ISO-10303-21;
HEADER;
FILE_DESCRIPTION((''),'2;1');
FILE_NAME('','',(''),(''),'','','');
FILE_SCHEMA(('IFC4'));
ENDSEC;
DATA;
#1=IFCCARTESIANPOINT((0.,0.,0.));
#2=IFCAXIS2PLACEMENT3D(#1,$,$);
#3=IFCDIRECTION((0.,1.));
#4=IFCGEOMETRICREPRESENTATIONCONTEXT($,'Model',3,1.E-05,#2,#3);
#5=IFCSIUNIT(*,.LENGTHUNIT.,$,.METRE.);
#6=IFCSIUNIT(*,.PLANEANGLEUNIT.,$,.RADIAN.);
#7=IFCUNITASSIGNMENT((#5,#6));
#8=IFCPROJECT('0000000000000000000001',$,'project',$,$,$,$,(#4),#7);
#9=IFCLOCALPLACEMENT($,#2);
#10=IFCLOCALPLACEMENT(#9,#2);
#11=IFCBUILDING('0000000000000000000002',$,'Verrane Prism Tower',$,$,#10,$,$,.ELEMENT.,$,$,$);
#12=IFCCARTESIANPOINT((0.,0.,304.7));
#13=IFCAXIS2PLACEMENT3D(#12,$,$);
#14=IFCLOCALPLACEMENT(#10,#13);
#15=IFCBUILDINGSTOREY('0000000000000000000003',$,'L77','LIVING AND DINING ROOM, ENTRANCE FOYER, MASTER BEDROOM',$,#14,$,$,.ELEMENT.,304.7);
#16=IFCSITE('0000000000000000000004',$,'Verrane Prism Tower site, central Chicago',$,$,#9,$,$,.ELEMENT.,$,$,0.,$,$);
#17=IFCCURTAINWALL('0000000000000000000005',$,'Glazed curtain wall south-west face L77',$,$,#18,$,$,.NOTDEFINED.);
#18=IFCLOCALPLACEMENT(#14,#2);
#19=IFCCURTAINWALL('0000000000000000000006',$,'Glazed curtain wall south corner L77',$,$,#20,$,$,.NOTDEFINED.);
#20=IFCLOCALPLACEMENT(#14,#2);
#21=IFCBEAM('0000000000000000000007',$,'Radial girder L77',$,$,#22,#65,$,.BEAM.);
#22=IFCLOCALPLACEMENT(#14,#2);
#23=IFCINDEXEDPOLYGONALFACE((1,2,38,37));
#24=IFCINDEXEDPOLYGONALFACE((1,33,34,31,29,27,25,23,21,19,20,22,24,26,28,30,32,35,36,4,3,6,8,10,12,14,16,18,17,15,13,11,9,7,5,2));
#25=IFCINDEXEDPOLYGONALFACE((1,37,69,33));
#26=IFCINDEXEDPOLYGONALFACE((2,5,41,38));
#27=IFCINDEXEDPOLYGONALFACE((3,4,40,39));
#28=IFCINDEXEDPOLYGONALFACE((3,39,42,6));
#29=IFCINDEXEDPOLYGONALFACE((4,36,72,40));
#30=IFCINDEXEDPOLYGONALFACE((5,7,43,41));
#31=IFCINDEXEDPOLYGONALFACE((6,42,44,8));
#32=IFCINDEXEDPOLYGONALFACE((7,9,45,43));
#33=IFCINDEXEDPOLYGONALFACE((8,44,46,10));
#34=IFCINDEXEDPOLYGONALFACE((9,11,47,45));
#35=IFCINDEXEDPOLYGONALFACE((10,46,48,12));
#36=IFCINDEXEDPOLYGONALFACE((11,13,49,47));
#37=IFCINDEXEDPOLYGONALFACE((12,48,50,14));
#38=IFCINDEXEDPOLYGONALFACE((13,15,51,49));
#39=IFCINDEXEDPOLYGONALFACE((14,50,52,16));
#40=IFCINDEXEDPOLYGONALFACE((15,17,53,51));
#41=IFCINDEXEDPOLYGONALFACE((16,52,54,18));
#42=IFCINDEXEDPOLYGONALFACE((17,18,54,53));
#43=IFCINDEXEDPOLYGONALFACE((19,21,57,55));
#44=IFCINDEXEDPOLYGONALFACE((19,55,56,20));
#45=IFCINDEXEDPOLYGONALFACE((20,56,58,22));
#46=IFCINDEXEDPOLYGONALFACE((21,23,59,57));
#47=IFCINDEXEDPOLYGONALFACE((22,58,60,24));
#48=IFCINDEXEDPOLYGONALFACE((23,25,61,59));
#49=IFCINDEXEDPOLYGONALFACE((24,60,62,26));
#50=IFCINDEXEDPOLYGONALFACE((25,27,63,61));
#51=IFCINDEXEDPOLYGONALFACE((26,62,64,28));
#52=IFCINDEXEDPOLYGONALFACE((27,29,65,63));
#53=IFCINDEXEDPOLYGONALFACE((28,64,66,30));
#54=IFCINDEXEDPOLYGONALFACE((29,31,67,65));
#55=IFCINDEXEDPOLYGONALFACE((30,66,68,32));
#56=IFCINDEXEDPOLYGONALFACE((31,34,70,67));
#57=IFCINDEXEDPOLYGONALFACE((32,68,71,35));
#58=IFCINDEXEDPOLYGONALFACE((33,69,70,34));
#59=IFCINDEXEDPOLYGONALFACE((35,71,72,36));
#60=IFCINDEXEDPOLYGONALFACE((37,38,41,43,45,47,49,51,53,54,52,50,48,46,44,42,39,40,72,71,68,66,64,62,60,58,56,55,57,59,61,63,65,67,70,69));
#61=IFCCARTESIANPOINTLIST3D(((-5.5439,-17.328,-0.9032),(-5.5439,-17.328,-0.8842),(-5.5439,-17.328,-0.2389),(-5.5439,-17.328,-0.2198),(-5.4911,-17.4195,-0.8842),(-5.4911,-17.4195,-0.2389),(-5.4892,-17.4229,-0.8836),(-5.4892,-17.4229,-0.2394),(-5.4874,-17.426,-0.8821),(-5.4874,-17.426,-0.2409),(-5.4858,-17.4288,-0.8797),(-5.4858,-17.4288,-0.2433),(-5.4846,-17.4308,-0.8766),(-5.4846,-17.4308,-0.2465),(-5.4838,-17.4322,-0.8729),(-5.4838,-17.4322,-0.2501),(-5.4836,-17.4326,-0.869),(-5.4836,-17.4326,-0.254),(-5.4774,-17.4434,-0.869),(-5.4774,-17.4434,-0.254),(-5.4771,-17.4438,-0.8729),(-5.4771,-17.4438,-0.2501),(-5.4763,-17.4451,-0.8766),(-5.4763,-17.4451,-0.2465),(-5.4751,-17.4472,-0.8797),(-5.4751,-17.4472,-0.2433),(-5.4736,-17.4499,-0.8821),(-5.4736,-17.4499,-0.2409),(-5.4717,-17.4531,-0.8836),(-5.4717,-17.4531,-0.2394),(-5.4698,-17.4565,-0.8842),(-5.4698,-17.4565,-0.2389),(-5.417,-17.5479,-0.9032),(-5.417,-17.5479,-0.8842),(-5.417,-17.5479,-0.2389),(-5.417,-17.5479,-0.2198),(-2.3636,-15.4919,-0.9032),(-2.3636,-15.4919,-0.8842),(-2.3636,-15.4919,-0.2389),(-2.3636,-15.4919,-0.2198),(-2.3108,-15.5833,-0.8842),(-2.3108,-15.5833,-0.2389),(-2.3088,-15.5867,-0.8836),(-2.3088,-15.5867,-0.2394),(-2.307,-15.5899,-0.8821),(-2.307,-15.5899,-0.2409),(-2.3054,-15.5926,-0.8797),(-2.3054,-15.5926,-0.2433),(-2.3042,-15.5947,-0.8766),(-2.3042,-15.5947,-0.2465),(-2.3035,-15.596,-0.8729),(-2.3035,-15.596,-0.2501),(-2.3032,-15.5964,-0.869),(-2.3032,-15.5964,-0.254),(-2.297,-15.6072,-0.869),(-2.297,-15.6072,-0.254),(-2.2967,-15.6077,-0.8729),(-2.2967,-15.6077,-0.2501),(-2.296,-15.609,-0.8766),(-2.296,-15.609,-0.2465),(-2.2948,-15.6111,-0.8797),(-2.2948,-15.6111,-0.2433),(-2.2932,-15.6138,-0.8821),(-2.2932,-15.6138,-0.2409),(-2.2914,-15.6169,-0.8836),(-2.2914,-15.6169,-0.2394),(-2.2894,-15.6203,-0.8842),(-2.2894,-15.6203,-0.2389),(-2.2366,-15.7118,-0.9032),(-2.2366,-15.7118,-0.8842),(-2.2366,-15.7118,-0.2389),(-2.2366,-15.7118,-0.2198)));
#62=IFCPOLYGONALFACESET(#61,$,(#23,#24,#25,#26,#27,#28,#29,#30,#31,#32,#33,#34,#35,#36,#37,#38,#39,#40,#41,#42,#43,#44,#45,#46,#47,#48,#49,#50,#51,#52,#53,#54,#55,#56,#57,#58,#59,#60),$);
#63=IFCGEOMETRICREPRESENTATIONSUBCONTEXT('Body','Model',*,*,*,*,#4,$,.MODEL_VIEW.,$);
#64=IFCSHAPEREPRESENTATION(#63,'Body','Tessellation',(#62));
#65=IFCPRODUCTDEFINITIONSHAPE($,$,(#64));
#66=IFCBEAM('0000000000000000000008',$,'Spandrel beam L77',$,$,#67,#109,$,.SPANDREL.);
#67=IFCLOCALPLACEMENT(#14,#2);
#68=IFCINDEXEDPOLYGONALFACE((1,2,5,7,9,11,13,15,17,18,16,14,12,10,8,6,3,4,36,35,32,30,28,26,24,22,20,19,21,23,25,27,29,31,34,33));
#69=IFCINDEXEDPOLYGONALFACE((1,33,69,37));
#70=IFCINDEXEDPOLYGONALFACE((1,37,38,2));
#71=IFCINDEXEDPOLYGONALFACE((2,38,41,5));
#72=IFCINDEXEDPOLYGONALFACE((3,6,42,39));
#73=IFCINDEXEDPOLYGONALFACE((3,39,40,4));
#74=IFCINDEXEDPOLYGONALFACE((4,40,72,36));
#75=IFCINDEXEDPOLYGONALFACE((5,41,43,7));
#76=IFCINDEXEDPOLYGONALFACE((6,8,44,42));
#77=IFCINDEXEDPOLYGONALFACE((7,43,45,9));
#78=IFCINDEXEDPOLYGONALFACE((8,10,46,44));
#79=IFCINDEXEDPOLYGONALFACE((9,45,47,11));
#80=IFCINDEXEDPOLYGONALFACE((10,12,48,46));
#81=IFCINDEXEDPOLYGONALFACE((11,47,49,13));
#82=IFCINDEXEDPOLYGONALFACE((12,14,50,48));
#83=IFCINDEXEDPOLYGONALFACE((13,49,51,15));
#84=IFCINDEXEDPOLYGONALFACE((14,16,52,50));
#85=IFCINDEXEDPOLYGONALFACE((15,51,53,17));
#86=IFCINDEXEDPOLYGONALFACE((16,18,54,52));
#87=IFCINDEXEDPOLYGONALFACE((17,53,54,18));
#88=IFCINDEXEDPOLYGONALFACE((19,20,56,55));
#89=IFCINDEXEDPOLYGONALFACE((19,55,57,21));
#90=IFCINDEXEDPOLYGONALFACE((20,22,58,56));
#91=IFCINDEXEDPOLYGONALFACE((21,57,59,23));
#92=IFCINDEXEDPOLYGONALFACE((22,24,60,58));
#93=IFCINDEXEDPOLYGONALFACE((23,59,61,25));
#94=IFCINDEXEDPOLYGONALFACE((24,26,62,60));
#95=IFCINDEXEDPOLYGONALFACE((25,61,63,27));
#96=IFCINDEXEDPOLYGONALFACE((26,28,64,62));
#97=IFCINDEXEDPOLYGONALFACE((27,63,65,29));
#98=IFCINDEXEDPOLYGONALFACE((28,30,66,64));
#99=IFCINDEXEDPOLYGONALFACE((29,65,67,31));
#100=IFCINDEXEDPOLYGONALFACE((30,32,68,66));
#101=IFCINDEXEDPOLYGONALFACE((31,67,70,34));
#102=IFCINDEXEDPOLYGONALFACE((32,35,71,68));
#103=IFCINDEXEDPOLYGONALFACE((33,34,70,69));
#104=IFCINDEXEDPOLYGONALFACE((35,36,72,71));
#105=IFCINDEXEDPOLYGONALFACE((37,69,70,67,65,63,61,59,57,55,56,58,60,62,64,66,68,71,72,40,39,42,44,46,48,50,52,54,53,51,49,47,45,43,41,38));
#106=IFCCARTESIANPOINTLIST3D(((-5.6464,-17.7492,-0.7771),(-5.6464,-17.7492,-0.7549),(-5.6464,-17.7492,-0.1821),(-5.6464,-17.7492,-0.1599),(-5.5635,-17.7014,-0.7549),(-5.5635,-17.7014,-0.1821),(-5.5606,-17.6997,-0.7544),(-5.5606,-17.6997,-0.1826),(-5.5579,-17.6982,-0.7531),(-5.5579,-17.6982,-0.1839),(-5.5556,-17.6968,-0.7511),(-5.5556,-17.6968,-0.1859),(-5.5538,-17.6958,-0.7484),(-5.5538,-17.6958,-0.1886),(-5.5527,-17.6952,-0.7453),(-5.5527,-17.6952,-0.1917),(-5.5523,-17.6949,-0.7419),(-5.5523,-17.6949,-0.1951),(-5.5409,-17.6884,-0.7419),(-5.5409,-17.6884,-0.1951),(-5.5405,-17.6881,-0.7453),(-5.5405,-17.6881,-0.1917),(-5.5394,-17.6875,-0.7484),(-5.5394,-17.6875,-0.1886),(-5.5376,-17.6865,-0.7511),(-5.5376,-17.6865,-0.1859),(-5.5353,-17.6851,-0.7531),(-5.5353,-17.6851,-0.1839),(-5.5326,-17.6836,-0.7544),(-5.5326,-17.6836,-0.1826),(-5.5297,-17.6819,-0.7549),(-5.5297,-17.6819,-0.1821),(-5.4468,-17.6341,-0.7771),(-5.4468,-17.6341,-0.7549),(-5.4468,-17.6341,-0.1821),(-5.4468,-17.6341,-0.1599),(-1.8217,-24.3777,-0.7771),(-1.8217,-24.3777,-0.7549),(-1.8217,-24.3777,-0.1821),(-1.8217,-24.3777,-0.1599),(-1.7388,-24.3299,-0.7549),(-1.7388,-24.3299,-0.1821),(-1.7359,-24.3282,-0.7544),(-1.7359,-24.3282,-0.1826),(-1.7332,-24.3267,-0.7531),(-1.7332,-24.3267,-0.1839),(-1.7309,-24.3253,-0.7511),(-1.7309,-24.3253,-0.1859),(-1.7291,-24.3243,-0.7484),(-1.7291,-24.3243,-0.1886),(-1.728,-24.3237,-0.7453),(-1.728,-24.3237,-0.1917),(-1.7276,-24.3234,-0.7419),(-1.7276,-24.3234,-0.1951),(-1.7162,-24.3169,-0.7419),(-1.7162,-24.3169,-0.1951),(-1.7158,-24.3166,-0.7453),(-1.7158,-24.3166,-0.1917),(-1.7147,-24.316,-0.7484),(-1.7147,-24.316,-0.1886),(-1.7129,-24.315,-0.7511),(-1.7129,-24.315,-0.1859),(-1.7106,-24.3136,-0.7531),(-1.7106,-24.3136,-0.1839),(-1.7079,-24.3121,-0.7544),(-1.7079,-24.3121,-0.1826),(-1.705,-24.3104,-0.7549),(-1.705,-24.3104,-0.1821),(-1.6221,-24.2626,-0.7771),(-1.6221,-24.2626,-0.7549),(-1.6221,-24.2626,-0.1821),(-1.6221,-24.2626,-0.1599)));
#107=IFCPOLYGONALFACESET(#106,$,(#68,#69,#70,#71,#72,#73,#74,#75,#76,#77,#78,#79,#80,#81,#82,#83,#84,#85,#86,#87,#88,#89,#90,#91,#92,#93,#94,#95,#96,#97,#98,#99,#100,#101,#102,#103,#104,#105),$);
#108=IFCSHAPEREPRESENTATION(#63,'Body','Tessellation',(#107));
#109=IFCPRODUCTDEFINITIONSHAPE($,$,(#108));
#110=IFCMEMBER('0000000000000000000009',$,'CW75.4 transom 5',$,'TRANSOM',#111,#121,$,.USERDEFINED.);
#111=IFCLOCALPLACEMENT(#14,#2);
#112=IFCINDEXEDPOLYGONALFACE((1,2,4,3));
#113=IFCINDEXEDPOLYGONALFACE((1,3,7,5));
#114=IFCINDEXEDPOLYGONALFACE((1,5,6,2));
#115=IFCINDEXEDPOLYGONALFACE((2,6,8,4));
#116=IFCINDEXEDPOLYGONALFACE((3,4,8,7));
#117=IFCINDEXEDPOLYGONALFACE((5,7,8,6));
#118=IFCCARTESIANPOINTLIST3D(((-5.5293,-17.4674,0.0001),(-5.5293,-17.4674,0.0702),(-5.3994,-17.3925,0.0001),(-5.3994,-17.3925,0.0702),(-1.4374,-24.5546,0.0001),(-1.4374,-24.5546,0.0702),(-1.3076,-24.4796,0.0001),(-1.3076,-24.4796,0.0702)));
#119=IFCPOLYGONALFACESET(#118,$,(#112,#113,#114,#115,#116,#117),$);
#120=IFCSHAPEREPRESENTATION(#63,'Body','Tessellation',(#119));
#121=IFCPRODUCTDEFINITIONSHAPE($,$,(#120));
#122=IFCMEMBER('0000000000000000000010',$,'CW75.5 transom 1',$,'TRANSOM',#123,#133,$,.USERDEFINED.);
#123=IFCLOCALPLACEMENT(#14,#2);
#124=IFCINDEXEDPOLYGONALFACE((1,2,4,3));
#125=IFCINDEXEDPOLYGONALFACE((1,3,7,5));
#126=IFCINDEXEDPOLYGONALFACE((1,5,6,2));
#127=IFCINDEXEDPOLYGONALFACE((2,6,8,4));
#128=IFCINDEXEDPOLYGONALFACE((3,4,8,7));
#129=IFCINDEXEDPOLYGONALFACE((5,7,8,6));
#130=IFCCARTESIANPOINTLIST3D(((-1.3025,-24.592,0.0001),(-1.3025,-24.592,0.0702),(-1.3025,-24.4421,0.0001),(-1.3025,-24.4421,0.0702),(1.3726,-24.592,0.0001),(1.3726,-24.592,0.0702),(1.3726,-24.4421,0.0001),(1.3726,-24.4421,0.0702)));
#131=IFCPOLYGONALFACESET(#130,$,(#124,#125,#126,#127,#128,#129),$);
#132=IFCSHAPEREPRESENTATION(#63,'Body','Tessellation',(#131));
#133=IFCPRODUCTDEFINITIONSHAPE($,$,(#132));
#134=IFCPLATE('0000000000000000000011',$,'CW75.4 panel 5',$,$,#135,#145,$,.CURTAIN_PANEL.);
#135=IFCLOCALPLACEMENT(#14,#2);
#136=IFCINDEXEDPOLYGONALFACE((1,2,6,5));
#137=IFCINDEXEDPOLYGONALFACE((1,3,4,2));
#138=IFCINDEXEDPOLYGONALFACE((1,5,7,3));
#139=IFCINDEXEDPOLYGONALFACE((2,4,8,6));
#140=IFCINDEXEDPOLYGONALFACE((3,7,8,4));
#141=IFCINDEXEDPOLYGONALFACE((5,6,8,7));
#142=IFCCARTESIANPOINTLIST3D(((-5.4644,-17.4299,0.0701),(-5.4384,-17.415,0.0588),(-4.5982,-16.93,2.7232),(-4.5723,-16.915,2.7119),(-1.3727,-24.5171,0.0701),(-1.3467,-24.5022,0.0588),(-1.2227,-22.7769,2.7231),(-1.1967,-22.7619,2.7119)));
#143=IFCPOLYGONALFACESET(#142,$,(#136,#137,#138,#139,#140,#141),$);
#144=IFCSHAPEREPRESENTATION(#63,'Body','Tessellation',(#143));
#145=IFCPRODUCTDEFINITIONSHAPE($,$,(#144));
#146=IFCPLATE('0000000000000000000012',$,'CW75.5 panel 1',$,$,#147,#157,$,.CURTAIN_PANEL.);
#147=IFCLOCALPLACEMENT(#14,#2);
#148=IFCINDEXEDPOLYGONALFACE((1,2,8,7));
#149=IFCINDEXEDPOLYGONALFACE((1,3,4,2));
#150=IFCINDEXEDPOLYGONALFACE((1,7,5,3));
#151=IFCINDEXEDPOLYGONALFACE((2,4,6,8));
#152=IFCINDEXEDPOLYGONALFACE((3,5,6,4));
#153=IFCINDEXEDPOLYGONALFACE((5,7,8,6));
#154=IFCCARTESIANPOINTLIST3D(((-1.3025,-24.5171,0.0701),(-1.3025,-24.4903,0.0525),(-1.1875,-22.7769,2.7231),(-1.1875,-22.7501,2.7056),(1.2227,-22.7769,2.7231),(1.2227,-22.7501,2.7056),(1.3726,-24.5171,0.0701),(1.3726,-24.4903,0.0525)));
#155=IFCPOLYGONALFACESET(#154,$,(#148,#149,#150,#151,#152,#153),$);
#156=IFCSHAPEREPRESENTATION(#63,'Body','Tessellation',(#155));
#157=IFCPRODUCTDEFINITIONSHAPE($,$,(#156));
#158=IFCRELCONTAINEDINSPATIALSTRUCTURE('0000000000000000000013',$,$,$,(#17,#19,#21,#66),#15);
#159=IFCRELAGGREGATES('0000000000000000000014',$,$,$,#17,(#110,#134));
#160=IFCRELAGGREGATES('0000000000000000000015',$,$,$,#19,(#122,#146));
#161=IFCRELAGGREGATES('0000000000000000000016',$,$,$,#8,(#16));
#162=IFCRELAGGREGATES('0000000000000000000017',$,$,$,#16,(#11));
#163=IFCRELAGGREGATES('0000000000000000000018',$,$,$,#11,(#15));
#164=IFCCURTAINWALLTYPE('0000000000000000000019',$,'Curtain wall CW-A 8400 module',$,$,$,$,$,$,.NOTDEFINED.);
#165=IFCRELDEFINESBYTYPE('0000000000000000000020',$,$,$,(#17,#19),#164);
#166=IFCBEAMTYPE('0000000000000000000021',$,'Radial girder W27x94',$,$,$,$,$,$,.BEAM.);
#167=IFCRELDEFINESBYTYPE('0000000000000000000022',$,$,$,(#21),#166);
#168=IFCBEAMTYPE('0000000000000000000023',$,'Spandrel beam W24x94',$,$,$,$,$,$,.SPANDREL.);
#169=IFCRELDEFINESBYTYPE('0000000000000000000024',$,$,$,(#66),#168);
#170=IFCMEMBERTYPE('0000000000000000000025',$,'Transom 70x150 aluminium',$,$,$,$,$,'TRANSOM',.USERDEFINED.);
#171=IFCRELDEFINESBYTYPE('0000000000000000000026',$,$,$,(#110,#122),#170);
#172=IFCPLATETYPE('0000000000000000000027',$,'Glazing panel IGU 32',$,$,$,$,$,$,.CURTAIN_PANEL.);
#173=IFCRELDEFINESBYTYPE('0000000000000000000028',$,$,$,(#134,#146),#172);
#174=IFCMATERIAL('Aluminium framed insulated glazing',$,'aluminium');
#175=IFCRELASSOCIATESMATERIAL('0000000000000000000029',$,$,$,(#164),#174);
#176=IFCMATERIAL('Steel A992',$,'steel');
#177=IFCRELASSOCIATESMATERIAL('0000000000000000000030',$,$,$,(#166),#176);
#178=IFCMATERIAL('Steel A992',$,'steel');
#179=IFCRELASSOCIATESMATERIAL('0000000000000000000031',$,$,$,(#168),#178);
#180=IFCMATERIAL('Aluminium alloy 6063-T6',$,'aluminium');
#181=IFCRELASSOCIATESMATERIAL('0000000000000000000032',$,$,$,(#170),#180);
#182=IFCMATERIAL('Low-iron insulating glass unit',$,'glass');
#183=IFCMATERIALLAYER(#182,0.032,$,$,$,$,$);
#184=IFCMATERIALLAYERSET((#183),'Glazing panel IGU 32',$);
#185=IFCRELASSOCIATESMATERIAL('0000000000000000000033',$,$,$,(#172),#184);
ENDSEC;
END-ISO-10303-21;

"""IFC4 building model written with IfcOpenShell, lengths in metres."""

from ifc_helpers import new_model, si_unit, direction, frame, origin, origin_2d, place, context, subcontext, project, spatial, polyline, rectangle, i_section, outline, extrude, material, layer, layer_set, material_profile, profile_set, type_object, element, aggregate, save


model = new_model("IFC4")

# Units and contexts
model_context = context("Model", 3, precision=1e-05, world=origin(), true_north=direction((0.0, 1.0)))
body_context = subcontext(model_context, "Body", "Model", "MODEL_VIEW")
ifc_project = project(units=[si_unit("LENGTHUNIT", "METRE"), si_unit("PLANEANGLEUNIT", "RADIAN")], contexts=[model_context])

# Site, building, storey
site_placement = place(None, origin())
site = spatial("IfcSite", under=ifc_project, at=site_placement, Name="Verrane Prism Tower site, central Chicago", CompositionType="ELEMENT", RefElevation=0.0)
building_placement = place(site_placement, origin())
building = spatial("IfcBuilding", under=site, at=building_placement, Name="Verrane Prism Tower", CompositionType="ELEMENT")
storey_placement = place(building_placement, frame((0.0, 0.0, 304.7)))
storey = spatial("IfcBuildingStorey", under=building, at=storey_placement, Name="L77", Description="LIVING AND DINING ROOM, ENTRANCE FOYER, MASTER BEDROOM", CompositionType="ELEMENT", Elevation=304.7)

# Curtain walls
ifc_material_1 = material(Name="Aluminium framed insulated glazing", Category="aluminium")
curtain_wall_type = type_object("IfcCurtainWallType", Name="Curtain wall CW-A 8400 module", PredefinedType="NOTDEFINED", material=ifc_material_1)
curtain_wall_1_placement = place(storey_placement, origin())
curtain_wall_1 = element("IfcCurtainWall", 1, at=curtain_wall_1_placement, inside=storey, type_object=curtain_wall_type, Name="Glazed curtain wall south-west face L77", PredefinedType="NOTDEFINED")
curtain_wall_2_placement = place(storey_placement, origin())
curtain_wall_2 = element("IfcCurtainWall", 2, at=curtain_wall_2_placement, inside=storey, type_object=curtain_wall_type, Name="Glazed curtain wall south corner L77", PredefinedType="NOTDEFINED")

# Beams
ifc_material_2 = material(Name="Steel A992", Category="steel")
ifc_material_profile_1 = material_profile(ifc_material_2, i_section(OverallWidth=0.2539, OverallDepth=0.6833, WebThickness=0.0125, FlangeThickness=0.019, FilletRadius=0.0151, at=origin_2d()), Name="W27x94")
ifc_profile_set_1 = profile_set([ifc_material_profile_1], Name="Steel A992")
beam_type_1 = type_object("IfcBeamType", Name="Radial girder W27x94", PredefinedType="BEAM", material=ifc_profile_set_1)
beam_1_placement = place(storey_placement, frame((-5.4805, -17.438, -0.5615), z_axis=(0.866029, 0.499993, 0.0), x_axis=(-0.499993, 0.866029, 0.0)))
element("IfcBeam", 3, at=beam_1_placement, inside=storey, type_object=beam_type_1, Name="Radial girder L77", PredefinedType="BEAM", context=body_context, shape_type="SweptSolid", body=[
    extrude(i_section(OverallWidth=0.2539, OverallDepth=0.6833, WebThickness=0.0125, FlangeThickness=0.019, FilletRadius=0.0151, at=origin_2d()), origin(), (0.0, 0.0, 1.0), 3.6724),
])
ifc_material_3 = material(Name="Steel A992", Category="steel")
ifc_material_profile_2 = material_profile(ifc_material_3, i_section(OverallWidth=0.2305, OverallDepth=0.6172, WebThickness=0.0132, FlangeThickness=0.0222, FilletRadius=0.0129, at=origin_2d()), Name="W24x94")
ifc_profile_set_2 = profile_set([ifc_material_profile_2], Name="Steel A992")
beam_type_2 = type_object("IfcBeamType", Name="Spandrel beam W24x94", PredefinedType="SPANDREL", material=ifc_profile_set_2)
beam_2_placement = place(storey_placement, frame((-5.5466, -17.6917, -0.4685), z_axis=(0.499783, -0.866151, 0.0), x_axis=(0.866151, 0.499783, 0.0)))
element("IfcBeam", 4, at=beam_2_placement, inside=storey, type_object=beam_type_2, Name="Spandrel beam L77", PredefinedType="SPANDREL", context=body_context, shape_type="SweptSolid", body=[
    extrude(i_section(OverallWidth=0.2305, OverallDepth=0.6172, WebThickness=0.0132, FlangeThickness=0.0222, FilletRadius=0.0129, at=origin_2d()), origin(), (0.0, 0.0, 1.0), 7.6528),
])

# Members
ifc_material_4 = material(Name="Aluminium alloy 6063-T6", Category="aluminium")
ifc_material_profile_3 = material_profile(ifc_material_4, rectangle(XDim=0.1499, YDim=0.0701, at=origin_2d()), Name="Transom 70x150 aluminium")
ifc_profile_set_3 = profile_set([ifc_material_profile_3], Name="Aluminium alloy 6063-T6")
member_type_1 = type_object("IfcMemberType", Name="Transom 70x150 aluminium", ElementType="TRANSOM", PredefinedType="USERDEFINED", material=ifc_profile_set_3)
member_1_placement = place(storey_placement, frame((-5.4644, -17.4299, 0.0352), z_axis=(0.500002, -0.866024, 0.0), x_axis=(0.866024, 0.500002, 0.0)))
member_1 = element("IfcMember", 5, at=member_1_placement, type_object=member_type_1, Name="CW75.4 transom 5", ObjectType="TRANSOM", PredefinedType="USERDEFINED", context=body_context, shape_type="SweptSolid", body=[
    extrude(rectangle(XDim=0.1499, YDim=0.0701, at=origin_2d()), origin(), (0.0, 0.0, 1.0), 8.1836),
])
member_2_placement = place(storey_placement, frame((-1.3025, -24.5171, 0.0352), z_axis=(1.0, 0.0, 0.0), x_axis=(0.0, 1.0, 0.0)))
member_2 = element("IfcMember", 6, at=member_2_placement, type_object=member_type_1, Name="CW75.5 transom 1", ObjectType="TRANSOM", PredefinedType="USERDEFINED", context=body_context, shape_type="SweptSolid", body=[
    extrude(rectangle(XDim=0.1499, YDim=0.0701, at=origin_2d()), origin(), (0.0, 0.0, 1.0), 2.675),
])

# Plates
ifc_material_5 = material(Name="Low-iron insulating glass unit", Category="glass")
ifc_layer_1 = layer(ifc_material_5, 0.032)
ifc_layer_set_1 = layer_set([ifc_layer_1], Name="Glazing panel IGU 32")
plate_type = type_object("IfcPlateType", Name="Glazing panel IGU 32", PredefinedType="CURTAIN_PANEL", material=ifc_layer_set_1)
plate_1_placement = place(storey_placement, frame((-5.4644, -17.4299, 0.0701), z_axis=(-0.810374, -0.467856, 0.352711), x_axis=(0.499991, -0.866031, 0.000005)))
plate_1 = element("IfcPlate", 7, at=plate_1_placement, type_object=plate_type, Name="CW75.4 panel 5", PredefinedType="CURTAIN_PANEL", context=body_context, shape_type="SweptSolid", body=[
    extrude(outline(polyline([(0.0, 0.0), (8.1836, 0.0), (6.7514, 2.8353), (0.0001, 2.8353), (0.0, 0.0)])), origin(), (0.0, 0.0, -1.0), 0.032),
])
aggregate(curtain_wall_1, [member_1, plate_1])
plate_2_placement = place(storey_placement, frame((-1.3025, -24.5171, 0.0701), z_axis=(0.0, -0.83617, 0.54847), x_axis=(1.0, 0.0, 0.0)))
plate_2 = element("IfcPlate", 8, at=plate_2_placement, type_object=plate_type, Name="CW75.5 panel 1", PredefinedType="CURTAIN_PANEL", context=body_context, shape_type="SweptSolid", body=[
    extrude(outline(polyline([(0.0, 0.0), (2.675, 0.0), (2.5251, 3.1729), (0.115, 3.1729), (0.0, 0.0)])), origin(), (0.0, 0.0, -1.0), 0.032),
])
aggregate(curtain_wall_2, [member_2, plate_2])

save(model, "model.ifc")
